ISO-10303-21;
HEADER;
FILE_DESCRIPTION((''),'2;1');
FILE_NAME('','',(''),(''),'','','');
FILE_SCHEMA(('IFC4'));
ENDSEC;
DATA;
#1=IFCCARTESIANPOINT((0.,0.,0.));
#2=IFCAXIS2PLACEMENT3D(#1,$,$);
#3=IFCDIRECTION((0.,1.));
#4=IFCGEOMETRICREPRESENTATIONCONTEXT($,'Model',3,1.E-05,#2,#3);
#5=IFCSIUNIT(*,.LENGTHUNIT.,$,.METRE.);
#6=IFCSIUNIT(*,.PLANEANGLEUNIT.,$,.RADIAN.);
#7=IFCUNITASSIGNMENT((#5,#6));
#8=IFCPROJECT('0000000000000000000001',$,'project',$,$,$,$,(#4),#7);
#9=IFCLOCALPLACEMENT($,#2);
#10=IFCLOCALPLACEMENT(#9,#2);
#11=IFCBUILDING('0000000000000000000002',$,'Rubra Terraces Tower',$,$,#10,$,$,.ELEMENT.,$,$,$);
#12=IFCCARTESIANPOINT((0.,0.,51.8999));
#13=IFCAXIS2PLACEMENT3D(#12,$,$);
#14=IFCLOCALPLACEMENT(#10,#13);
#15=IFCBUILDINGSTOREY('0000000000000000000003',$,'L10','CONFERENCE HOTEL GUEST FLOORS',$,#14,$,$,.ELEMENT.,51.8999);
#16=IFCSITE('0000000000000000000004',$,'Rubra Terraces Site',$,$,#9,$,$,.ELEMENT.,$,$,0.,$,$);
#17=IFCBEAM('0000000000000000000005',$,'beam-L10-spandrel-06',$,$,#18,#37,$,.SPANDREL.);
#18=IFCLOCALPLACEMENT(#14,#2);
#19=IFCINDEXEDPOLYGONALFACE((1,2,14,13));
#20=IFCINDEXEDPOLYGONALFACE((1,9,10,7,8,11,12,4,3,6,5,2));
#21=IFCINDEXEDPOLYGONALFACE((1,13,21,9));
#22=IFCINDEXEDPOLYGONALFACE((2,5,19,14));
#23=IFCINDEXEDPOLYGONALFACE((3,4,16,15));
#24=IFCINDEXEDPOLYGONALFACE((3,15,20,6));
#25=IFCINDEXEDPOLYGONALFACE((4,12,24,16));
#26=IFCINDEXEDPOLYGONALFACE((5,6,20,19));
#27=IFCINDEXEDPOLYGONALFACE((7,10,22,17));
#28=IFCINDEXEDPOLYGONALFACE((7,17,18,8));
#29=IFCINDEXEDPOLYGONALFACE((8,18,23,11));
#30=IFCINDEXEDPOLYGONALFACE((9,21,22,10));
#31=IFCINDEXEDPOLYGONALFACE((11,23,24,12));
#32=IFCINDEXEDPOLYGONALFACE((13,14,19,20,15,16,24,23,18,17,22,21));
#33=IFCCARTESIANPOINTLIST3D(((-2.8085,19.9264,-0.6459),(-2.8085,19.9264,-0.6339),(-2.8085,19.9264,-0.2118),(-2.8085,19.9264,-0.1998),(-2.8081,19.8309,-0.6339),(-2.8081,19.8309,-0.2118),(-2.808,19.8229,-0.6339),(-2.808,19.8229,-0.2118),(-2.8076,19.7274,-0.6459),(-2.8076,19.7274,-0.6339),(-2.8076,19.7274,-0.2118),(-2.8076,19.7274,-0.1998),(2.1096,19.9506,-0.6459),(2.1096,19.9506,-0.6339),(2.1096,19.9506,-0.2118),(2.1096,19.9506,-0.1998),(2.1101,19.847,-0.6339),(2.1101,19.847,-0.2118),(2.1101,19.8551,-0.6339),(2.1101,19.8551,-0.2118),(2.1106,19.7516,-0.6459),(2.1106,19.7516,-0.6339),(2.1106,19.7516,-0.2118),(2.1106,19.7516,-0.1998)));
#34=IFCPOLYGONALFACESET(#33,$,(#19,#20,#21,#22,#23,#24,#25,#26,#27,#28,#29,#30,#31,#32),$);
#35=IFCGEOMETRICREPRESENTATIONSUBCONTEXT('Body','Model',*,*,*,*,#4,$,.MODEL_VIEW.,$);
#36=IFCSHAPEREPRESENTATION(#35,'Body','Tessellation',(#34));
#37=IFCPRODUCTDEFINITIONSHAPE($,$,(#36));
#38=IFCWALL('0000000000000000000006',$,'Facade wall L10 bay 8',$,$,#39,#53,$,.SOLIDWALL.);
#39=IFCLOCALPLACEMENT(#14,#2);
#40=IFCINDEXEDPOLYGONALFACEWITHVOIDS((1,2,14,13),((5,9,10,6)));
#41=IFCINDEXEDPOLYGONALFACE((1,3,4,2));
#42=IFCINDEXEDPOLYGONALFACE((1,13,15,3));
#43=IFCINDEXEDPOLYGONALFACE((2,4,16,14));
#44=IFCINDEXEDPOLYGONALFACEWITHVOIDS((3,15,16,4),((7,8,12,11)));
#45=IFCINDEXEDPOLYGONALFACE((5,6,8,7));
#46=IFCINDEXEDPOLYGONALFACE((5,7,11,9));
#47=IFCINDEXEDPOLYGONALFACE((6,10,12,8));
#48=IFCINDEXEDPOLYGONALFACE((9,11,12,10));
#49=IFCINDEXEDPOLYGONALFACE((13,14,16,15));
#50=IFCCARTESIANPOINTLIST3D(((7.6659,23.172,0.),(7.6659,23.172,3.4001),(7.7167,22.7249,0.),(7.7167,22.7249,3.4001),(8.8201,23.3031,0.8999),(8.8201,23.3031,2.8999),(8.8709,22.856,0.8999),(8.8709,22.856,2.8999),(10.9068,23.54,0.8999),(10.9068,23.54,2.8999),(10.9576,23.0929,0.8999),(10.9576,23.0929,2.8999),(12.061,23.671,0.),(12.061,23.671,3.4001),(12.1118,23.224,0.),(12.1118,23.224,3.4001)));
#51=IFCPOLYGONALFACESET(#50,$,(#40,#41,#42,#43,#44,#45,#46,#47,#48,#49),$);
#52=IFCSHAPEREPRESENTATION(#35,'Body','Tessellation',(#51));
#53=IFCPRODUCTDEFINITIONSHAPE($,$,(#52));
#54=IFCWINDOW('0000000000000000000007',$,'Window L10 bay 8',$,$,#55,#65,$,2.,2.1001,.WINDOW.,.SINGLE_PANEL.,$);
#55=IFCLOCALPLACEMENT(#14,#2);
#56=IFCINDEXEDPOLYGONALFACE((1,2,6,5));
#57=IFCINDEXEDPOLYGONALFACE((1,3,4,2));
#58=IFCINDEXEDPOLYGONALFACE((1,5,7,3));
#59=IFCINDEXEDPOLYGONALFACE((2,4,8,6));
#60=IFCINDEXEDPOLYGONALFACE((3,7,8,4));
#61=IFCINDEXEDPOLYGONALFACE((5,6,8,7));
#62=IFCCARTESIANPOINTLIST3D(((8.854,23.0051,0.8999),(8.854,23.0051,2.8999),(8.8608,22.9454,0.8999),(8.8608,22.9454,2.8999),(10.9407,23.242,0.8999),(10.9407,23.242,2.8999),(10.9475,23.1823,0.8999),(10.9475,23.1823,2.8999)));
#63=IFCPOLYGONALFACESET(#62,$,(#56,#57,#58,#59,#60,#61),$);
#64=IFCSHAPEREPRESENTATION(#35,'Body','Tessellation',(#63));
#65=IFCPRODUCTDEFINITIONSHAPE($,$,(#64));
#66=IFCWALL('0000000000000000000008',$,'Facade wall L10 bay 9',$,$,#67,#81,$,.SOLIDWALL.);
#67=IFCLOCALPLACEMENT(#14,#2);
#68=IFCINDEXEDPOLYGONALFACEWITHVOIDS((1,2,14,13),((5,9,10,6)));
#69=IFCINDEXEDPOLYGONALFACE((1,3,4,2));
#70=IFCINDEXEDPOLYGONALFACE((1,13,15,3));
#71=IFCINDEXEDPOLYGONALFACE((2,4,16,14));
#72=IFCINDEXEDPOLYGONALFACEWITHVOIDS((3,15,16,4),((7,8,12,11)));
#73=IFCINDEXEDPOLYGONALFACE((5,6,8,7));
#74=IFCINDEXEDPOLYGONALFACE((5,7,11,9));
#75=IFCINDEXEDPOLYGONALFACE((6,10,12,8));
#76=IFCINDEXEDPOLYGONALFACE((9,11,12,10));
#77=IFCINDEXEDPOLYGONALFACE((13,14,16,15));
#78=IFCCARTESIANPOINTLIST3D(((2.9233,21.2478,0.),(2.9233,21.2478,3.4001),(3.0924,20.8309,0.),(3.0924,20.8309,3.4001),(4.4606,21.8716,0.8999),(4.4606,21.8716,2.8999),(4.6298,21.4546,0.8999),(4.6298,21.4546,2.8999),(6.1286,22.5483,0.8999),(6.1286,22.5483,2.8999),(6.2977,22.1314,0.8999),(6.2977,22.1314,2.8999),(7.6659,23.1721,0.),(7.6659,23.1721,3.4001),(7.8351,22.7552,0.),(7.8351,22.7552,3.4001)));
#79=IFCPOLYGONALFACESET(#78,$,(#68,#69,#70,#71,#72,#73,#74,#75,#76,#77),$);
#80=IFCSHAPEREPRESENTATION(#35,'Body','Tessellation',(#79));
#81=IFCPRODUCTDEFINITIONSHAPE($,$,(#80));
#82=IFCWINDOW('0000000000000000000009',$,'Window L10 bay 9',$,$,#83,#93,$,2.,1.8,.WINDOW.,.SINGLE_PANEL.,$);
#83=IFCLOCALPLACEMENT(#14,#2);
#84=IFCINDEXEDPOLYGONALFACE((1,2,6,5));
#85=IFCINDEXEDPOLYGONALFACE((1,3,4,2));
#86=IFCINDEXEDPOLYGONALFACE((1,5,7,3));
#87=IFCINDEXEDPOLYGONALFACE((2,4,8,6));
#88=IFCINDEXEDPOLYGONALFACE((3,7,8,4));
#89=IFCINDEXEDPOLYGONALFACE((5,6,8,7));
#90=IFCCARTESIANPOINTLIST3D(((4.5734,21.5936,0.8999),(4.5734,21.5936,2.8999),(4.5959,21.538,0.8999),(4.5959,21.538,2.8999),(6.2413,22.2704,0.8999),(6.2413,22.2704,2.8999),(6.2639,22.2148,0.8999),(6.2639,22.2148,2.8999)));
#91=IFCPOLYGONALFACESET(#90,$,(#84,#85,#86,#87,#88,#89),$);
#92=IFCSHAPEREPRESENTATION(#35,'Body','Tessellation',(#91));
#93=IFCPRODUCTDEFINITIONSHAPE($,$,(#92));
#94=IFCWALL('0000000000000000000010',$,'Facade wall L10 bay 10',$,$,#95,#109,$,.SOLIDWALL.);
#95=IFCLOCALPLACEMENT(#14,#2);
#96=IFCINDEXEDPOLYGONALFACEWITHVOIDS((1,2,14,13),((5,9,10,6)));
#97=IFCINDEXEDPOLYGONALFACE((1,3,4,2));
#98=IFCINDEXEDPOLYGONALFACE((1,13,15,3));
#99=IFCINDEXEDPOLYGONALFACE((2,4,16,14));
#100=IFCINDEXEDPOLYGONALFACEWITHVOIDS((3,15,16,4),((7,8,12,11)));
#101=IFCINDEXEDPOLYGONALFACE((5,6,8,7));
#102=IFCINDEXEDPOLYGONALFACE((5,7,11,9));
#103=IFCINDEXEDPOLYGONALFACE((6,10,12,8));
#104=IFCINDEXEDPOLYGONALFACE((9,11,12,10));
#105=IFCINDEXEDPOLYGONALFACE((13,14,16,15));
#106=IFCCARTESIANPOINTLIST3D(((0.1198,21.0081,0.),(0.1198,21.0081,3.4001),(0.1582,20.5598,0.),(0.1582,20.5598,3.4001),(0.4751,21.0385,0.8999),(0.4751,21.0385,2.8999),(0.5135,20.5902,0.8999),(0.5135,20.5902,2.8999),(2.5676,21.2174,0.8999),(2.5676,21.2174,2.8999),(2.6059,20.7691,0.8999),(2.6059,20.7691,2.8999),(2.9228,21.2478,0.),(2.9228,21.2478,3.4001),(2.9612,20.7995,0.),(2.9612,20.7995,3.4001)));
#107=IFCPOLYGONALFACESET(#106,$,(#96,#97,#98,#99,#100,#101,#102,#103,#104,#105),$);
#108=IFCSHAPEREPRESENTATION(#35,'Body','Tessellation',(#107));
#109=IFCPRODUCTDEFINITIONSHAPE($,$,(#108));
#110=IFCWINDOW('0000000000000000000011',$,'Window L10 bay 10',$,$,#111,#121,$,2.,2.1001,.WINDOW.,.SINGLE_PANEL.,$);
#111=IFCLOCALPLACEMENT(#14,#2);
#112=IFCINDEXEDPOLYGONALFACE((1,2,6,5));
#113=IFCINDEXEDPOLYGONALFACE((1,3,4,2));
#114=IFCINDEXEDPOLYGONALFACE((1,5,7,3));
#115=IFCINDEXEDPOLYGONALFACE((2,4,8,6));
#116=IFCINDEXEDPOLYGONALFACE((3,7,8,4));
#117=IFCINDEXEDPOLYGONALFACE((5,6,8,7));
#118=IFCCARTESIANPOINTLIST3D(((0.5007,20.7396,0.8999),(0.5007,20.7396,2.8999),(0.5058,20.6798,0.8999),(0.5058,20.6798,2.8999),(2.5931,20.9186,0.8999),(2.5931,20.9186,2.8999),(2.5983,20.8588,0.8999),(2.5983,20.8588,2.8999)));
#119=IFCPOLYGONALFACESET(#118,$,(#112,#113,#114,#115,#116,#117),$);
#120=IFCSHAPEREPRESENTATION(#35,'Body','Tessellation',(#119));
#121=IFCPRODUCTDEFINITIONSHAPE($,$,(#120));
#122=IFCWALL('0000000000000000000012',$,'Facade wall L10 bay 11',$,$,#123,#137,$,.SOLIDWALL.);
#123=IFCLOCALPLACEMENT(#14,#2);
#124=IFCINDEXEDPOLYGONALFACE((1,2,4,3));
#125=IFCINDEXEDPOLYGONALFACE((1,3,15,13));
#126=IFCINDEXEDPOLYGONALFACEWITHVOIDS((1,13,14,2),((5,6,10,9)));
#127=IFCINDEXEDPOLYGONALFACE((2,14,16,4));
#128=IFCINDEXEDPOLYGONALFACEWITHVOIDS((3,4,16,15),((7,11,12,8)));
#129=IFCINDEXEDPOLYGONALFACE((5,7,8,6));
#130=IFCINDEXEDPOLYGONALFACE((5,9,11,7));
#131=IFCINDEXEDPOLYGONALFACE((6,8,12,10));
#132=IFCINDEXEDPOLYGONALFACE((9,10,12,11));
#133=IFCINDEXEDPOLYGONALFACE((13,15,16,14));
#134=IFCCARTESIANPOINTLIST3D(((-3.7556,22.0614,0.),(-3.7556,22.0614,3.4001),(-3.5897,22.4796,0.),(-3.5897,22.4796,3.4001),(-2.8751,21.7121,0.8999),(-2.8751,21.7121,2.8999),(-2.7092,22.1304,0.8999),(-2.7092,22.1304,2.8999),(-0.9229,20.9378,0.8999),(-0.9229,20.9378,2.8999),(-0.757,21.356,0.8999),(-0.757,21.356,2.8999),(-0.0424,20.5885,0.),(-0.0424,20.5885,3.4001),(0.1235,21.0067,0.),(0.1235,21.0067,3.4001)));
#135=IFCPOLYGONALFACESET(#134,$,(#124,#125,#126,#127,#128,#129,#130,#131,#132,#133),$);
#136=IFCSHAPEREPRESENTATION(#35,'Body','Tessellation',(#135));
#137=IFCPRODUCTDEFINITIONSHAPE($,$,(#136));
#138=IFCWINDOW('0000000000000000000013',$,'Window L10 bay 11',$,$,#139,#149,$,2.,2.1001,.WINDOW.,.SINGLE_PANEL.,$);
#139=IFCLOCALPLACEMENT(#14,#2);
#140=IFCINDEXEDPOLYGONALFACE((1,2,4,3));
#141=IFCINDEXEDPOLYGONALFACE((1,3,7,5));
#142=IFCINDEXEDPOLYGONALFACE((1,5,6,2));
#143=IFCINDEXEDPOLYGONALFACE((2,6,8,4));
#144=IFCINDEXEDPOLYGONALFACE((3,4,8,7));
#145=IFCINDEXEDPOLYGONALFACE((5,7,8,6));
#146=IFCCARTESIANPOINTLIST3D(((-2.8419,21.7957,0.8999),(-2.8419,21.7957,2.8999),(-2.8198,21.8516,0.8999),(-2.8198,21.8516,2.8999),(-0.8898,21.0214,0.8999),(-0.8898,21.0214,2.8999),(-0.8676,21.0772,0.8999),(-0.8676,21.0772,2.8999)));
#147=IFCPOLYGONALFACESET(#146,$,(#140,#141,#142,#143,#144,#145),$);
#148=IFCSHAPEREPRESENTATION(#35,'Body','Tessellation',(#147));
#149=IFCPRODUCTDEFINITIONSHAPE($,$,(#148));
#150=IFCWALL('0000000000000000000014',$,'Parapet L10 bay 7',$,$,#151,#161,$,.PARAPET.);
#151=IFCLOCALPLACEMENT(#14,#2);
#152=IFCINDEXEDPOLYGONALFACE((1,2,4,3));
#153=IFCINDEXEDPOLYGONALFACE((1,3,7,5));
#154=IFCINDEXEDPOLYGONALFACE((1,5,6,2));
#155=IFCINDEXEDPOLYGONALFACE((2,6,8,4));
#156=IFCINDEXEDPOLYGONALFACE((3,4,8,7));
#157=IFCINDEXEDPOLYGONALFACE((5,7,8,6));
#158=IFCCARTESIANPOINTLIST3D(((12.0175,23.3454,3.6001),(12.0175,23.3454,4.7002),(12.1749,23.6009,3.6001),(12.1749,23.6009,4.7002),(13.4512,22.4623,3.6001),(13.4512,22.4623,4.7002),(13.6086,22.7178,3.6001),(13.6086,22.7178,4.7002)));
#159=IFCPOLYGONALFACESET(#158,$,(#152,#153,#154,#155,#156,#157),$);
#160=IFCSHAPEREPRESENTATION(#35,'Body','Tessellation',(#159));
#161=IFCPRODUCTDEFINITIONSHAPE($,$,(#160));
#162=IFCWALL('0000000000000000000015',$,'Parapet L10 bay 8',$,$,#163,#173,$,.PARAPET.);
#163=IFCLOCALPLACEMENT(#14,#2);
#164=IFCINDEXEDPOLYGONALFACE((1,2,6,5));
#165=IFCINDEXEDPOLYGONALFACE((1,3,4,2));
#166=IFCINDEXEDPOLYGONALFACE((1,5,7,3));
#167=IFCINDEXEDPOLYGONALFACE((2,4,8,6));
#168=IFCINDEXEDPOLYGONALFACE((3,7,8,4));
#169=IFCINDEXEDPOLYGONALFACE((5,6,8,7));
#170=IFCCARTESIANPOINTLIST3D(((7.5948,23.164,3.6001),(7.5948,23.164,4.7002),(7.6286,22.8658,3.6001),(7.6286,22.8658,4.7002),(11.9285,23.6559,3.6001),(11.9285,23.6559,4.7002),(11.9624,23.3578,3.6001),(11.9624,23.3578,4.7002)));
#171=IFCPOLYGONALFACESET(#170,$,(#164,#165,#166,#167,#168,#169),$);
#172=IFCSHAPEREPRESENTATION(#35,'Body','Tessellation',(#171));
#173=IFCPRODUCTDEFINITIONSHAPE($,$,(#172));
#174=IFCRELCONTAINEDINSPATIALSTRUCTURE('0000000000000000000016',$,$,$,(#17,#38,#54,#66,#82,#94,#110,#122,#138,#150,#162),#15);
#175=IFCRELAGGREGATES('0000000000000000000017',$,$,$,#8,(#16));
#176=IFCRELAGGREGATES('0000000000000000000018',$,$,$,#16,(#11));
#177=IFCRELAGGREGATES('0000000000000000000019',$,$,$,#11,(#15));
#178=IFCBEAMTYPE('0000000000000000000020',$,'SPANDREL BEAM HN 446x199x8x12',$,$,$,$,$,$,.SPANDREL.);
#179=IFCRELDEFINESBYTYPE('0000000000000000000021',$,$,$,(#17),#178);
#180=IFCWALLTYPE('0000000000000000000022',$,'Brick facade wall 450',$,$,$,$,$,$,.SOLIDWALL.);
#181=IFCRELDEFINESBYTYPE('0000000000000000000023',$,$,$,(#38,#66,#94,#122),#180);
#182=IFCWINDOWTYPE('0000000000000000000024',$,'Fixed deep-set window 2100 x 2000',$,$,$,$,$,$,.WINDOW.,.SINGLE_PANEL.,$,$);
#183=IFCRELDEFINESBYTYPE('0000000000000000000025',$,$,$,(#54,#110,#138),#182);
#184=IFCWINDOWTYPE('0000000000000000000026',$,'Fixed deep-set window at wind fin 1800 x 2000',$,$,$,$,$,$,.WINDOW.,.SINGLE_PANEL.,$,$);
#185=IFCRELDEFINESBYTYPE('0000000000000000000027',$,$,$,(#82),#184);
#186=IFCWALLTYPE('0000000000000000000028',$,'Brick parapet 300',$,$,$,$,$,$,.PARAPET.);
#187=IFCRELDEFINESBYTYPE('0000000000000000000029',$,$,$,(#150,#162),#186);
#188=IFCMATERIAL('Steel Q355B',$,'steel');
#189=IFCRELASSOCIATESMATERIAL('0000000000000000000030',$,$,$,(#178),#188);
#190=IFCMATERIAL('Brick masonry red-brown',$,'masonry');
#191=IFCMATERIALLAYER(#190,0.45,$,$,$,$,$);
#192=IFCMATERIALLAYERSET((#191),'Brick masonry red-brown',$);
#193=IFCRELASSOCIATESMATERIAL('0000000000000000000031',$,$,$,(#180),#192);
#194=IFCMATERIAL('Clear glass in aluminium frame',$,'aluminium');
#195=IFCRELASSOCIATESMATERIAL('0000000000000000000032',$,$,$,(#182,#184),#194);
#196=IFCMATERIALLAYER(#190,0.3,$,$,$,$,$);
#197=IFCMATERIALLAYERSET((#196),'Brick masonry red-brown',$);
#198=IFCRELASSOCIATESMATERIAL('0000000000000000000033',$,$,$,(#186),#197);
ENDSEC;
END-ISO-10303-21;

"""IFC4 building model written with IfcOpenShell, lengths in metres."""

from ifc_helpers import new_model, si_unit, direction, frame, frame_2d, origin, origin_2d, place, context, subcontext, project, spatial, rectangle, i_section, extrude, material, layer, layer_set, material_profile, profile_set, type_object, element, fill, save


model = new_model("IFC4")

# Units and contexts
model_context = context("Model", 3, precision=1e-05, world=origin(), true_north=direction((0.0, 1.0)))
body_context = subcontext(model_context, "Body", "Model", "MODEL_VIEW")
ifc_project = project(units=[si_unit("LENGTHUNIT", "METRE"), si_unit("PLANEANGLEUNIT", "RADIAN")], contexts=[model_context])

# Site, building, storey
site_placement = place(None, origin())
site = spatial("IfcSite", under=ifc_project, at=site_placement, Name="Rubra Terraces Site", CompositionType="ELEMENT", RefElevation=0.0)
building_placement = place(site_placement, origin())
building = spatial("IfcBuilding", under=site, at=building_placement, Name="Rubra Terraces Tower", CompositionType="ELEMENT")
storey_placement = place(building_placement, frame((0.0, 0.0, 51.8999)))
storey = spatial("IfcBuildingStorey", under=building, at=storey_placement, Name="L10", Description="CONFERENCE HOTEL GUEST FLOORS", CompositionType="ELEMENT", Elevation=51.8999)

# Beam
ifc_material_1 = material(Name="Steel Q355B", Category="steel")
ifc_material_profile_1 = material_profile(ifc_material_1, i_section(OverallWidth=0.199, OverallDepth=0.446, WebThickness=0.0081, FlangeThickness=0.012, at=origin_2d()), Name="HN 446x199x8x12")
ifc_profile_set_1 = profile_set([ifc_material_profile_1], Name="Steel Q355B")
beam_type_1 = type_object("IfcBeamType", Name="SPANDREL BEAM HN 446x199x8x12", PredefinedType="SPANDREL", material=ifc_profile_set_1)
beam_1_placement = place(storey_placement, frame((2.1101, 19.8511, -0.4229), z_axis=(-0.999988, -0.004914, 0.0), x_axis=(0.004914, -0.999988, 0.0)))
element("IfcBeam", 1, at=beam_1_placement, inside=storey, type_object=beam_type_1, Name="beam-L10-spandrel-06", PredefinedType="SPANDREL", context=body_context, shape_type="SweptSolid", body=[
    extrude(i_section(OverallWidth=0.199, OverallDepth=0.446, WebThickness=0.0081, FlangeThickness=0.012, at=origin_2d()), origin(), (0.0, 0.0, 1.0), 4.9182),
])

# Walls, openings, windows
ifc_material_2 = material(Name="Brick masonry red-brown", Category="masonry")
ifc_layer_1 = layer(ifc_material_2, 0.45)
ifc_layer_set_1 = layer_set([ifc_layer_1], Name="Brick masonry red-brown")
wall_type_1 = type_object("IfcWallType", Name="Brick facade wall 450", PredefinedType="SOLIDWALL", material=ifc_layer_set_1)
wall_1_placement = place(storey_placement, frame((12.0864, 23.4475, 0.0), z_axis=(0.0, 0.0, 1.0), x_axis=(-0.993616, -0.112818, 0.0)))
wall_1 = element("IfcWall", 2, at=wall_1_placement, inside=storey, type_object=wall_type_1, Name="Facade wall L10 bay 8", PredefinedType="SOLIDWALL", context=body_context, shape_type="SweptSolid", body=[
    extrude(rectangle(XDim=4.4233, YDim=0.45, at=frame_2d((2.2117, 0.0))), origin(), (0.0, 0.0, 1.0), 3.4001),
])
opening_1_placement = place(wall_1_placement, frame((1.1616, 0.0, 0.8999)))
opening_1 = element("IfcOpeningElement", 3, at=opening_1_placement, cuts=wall_1, PredefinedType="OPENING", context=body_context, shape_type="SweptSolid", body=[
    extrude(rectangle(XDim=2.1001, YDim=2.0, at=frame_2d((1.05, 1.0))), frame((0.0, 0.2349, 0.0), z_axis=(0.0, -1.0, 0.0), x_axis=(1.0, 0.0, 0.0)), (0.0, 0.0, 1.0), 0.47),
])
ifc_material_3 = material(Name="Clear glass in aluminium frame", Category="aluminium")
window_type_1 = type_object("IfcWindowType", Name="Fixed deep-set window 2100 x 2000", PartitioningType="SINGLE_PANEL", PredefinedType="WINDOW", material=ifc_material_3)
window_1_placement = place(opening_1_placement, origin())
window_1 = element("IfcWindow", 4, at=window_1_placement, inside=storey, type_object=window_type_1, Name="Window L10 bay 8", OverallHeight=2.0, OverallWidth=2.1001, PartitioningType="SINGLE_PANEL", PredefinedType="WINDOW", context=body_context, shape_type="SweptSolid", body=[
    extrude(rectangle(XDim=2.1001, YDim=2.0, at=frame_2d((1.05, 1.0))), frame((0.0, 0.135, 0.0), z_axis=(0.0, -1.0, 0.0), x_axis=(1.0, 0.0, 0.0)), (0.0, 0.0, 1.0), 0.0601),
])
fill(opening_1, window_1)
wall_2_placement = place(storey_placement, frame((7.7505, 22.9636, 0.0), z_axis=(0.0, 0.0, 1.0), x_axis=(-0.92663, -0.375975, 0.0)))
wall_2 = element("IfcWall", 5, at=wall_2_placement, inside=storey, type_object=wall_type_1, Name="Facade wall L10 bay 9", PredefinedType="SOLIDWALL", context=body_context, shape_type="SweptSolid", body=[
    extrude(rectangle(XDim=5.1182, YDim=0.45, at=frame_2d((2.5591, 0.0))), origin(), (0.0, 0.0, 1.0), 3.4001),
])
opening_2_placement = place(wall_2_placement, frame((1.6592, 0.0, 0.8999)))
opening_2 = element("IfcOpeningElement", 6, at=opening_2_placement, cuts=wall_2, PredefinedType="OPENING", context=body_context, shape_type="SweptSolid", body=[
    extrude(rectangle(XDim=1.8, YDim=2.0, at=frame_2d((0.8999, 1.0))), frame((0.0, 0.2349, 0.0), z_axis=(0.0, -1.0, 0.0), x_axis=(1.0, 0.0, 0.0)), (0.0, 0.0, 1.0), 0.47),
])
window_type_2 = type_object("IfcWindowType", Name="Fixed deep-set window at wind fin 1800 x 2000", PartitioningType="SINGLE_PANEL", PredefinedType="WINDOW", material=ifc_material_3)
window_2_placement = place(opening_2_placement, origin())
window_2 = element("IfcWindow", 7, at=window_2_placement, inside=storey, type_object=window_type_2, Name="Window L10 bay 9", OverallHeight=2.0, OverallWidth=1.8, PartitioningType="SINGLE_PANEL", PredefinedType="WINDOW", context=body_context, shape_type="SweptSolid", body=[
    extrude(rectangle(XDim=1.8, YDim=2.0, at=frame_2d((0.8999, 1.0))), frame((0.0, 0.135, 0.0), z_axis=(0.0, -1.0, 0.0), x_axis=(1.0, 0.0, 0.0)), (0.0, 0.0, 1.0), 0.0601),
])
fill(opening_2, window_2)
wall_3_placement = place(storey_placement, frame((2.9421, 21.0237, 0.0), z_axis=(0.0, 0.0, 1.0), x_axis=(-0.996362, -0.085221, 0.0)))
wall_3 = element("IfcWall", 8, at=wall_3_placement, inside=storey, type_object=wall_type_1, Name="Facade wall L10 bay 10", PredefinedType="SOLIDWALL", context=body_context, shape_type="SweptSolid", body=[
    extrude(rectangle(XDim=2.8132, YDim=0.45, at=frame_2d((1.4067, 0.0))), origin(), (0.0, 0.0, 1.0), 3.4001),
])
opening_3_placement = place(wall_3_placement, frame((0.3567, 0.0, 0.8999)))
opening_3 = element("IfcOpeningElement", 9, at=opening_3_placement, cuts=wall_3, PredefinedType="OPENING", context=body_context, shape_type="SweptSolid", body=[
    extrude(rectangle(XDim=2.1001, YDim=2.0, at=frame_2d((1.05, 1.0))), frame((0.0, 0.2349, 0.0), z_axis=(0.0, -1.0, 0.0), x_axis=(1.0, 0.0, 0.0)), (0.0, 0.0, 1.0), 0.47),
])
window_3_placement = place(opening_3_placement, origin())
window_3 = element("IfcWindow", 10, at=window_3_placement, inside=storey, type_object=window_type_1, Name="Window L10 bay 10", OverallHeight=2.0, OverallWidth=2.1001, PartitioningType="SINGLE_PANEL", PredefinedType="WINDOW", context=body_context, shape_type="SweptSolid", body=[
    extrude(rectangle(XDim=2.1001, YDim=2.0, at=frame_2d((1.05, 1.0))), frame((0.0, 0.135, 0.0), z_axis=(0.0, -1.0, 0.0), x_axis=(1.0, 0.0, 0.0)), (0.0, 0.0, 1.0), 0.0601),
])
fill(opening_3, window_3)
wall_4_placement = place(storey_placement, frame((0.0405, 20.7976, 0.0), z_axis=(0.0, 0.0, 1.0), x_axis=(-0.929539, 0.368723, 0.0)))
wall_4 = element("IfcWall", 11, at=wall_4_placement, inside=storey, type_object=wall_type_1, Name="Facade wall L10 bay 11", PredefinedType="SOLIDWALL", context=body_context, shape_type="SweptSolid", body=[
    extrude(rectangle(XDim=3.9946, YDim=0.45, at=frame_2d((1.9973, 0.0))), origin(), (0.0, 0.0, 1.0), 3.4001),
])
opening_4_placement = place(wall_4_placement, frame((0.9473, 0.0, 0.8999)))
opening_4 = element("IfcOpeningElement", 12, at=opening_4_placement, cuts=wall_4, PredefinedType="OPENING", context=body_context, shape_type="SweptSolid", body=[
    extrude(rectangle(XDim=2.1001, YDim=2.0, at=frame_2d((1.05, 1.0))), frame((0.0, 0.2349, 0.0), z_axis=(0.0, -1.0, 0.0), x_axis=(1.0, 0.0, 0.0)), (0.0, 0.0, 1.0), 0.47),
])
window_4_placement = place(opening_4_placement, origin())
window_4 = element("IfcWindow", 13, at=window_4_placement, inside=storey, type_object=window_type_1, Name="Window L10 bay 11", OverallHeight=2.0, OverallWidth=2.1001, PartitioningType="SINGLE_PANEL", PredefinedType="WINDOW", context=body_context, shape_type="SweptSolid", body=[
    extrude(rectangle(XDim=2.1001, YDim=2.0, at=frame_2d((1.05, 1.0))), frame((0.0, 0.135, 0.0), z_axis=(0.0, -1.0, 0.0), x_axis=(1.0, 0.0, 0.0)), (0.0, 0.0, 1.0), 0.0601),
])
fill(opening_4, window_4)

# Walls
ifc_layer_2 = layer(ifc_material_2, 0.3)
ifc_layer_set_2 = layer_set([ifc_layer_2], Name="Brick masonry red-brown")
wall_type_2 = type_object("IfcWallType", Name="Brick parapet 300", PredefinedType="PARAPET", material=ifc_layer_set_2)
wall_5_placement = place(storey_placement, frame((13.5298, 22.5901, 3.6001), z_axis=(0.0, 0.0, 1.0), x_axis=(-0.851434, 0.524461, 0.0)))
element("IfcWall", 14, at=wall_5_placement, inside=storey, type_object=wall_type_2, Name="Parapet L10 bay 7", PredefinedType="PARAPET", context=body_context, shape_type="SweptSolid", body=[
    extrude(rectangle(XDim=1.6838, YDim=0.3, at=frame_2d((0.8418, 0.0))), origin(), (0.0, 0.0, 1.0), 1.1001),
])
wall_6_placement = place(storey_placement, frame((11.9453, 23.5068, 3.6001), z_axis=(0.0, 0.0, 1.0), x_axis=(-0.993619, -0.11279, 0.0)))
element("IfcWall", 15, at=wall_6_placement, inside=storey, type_object=wall_type_2, Name="Parapet L10 bay 8", PredefinedType="PARAPET", context=body_context, shape_type="SweptSolid", body=[
    extrude(rectangle(XDim=4.3616, YDim=0.3, at=frame_2d((2.1807, 0.0))), origin(), (0.0, 0.0, 1.0), 1.1001),
])

save(model, "model.ifc")
